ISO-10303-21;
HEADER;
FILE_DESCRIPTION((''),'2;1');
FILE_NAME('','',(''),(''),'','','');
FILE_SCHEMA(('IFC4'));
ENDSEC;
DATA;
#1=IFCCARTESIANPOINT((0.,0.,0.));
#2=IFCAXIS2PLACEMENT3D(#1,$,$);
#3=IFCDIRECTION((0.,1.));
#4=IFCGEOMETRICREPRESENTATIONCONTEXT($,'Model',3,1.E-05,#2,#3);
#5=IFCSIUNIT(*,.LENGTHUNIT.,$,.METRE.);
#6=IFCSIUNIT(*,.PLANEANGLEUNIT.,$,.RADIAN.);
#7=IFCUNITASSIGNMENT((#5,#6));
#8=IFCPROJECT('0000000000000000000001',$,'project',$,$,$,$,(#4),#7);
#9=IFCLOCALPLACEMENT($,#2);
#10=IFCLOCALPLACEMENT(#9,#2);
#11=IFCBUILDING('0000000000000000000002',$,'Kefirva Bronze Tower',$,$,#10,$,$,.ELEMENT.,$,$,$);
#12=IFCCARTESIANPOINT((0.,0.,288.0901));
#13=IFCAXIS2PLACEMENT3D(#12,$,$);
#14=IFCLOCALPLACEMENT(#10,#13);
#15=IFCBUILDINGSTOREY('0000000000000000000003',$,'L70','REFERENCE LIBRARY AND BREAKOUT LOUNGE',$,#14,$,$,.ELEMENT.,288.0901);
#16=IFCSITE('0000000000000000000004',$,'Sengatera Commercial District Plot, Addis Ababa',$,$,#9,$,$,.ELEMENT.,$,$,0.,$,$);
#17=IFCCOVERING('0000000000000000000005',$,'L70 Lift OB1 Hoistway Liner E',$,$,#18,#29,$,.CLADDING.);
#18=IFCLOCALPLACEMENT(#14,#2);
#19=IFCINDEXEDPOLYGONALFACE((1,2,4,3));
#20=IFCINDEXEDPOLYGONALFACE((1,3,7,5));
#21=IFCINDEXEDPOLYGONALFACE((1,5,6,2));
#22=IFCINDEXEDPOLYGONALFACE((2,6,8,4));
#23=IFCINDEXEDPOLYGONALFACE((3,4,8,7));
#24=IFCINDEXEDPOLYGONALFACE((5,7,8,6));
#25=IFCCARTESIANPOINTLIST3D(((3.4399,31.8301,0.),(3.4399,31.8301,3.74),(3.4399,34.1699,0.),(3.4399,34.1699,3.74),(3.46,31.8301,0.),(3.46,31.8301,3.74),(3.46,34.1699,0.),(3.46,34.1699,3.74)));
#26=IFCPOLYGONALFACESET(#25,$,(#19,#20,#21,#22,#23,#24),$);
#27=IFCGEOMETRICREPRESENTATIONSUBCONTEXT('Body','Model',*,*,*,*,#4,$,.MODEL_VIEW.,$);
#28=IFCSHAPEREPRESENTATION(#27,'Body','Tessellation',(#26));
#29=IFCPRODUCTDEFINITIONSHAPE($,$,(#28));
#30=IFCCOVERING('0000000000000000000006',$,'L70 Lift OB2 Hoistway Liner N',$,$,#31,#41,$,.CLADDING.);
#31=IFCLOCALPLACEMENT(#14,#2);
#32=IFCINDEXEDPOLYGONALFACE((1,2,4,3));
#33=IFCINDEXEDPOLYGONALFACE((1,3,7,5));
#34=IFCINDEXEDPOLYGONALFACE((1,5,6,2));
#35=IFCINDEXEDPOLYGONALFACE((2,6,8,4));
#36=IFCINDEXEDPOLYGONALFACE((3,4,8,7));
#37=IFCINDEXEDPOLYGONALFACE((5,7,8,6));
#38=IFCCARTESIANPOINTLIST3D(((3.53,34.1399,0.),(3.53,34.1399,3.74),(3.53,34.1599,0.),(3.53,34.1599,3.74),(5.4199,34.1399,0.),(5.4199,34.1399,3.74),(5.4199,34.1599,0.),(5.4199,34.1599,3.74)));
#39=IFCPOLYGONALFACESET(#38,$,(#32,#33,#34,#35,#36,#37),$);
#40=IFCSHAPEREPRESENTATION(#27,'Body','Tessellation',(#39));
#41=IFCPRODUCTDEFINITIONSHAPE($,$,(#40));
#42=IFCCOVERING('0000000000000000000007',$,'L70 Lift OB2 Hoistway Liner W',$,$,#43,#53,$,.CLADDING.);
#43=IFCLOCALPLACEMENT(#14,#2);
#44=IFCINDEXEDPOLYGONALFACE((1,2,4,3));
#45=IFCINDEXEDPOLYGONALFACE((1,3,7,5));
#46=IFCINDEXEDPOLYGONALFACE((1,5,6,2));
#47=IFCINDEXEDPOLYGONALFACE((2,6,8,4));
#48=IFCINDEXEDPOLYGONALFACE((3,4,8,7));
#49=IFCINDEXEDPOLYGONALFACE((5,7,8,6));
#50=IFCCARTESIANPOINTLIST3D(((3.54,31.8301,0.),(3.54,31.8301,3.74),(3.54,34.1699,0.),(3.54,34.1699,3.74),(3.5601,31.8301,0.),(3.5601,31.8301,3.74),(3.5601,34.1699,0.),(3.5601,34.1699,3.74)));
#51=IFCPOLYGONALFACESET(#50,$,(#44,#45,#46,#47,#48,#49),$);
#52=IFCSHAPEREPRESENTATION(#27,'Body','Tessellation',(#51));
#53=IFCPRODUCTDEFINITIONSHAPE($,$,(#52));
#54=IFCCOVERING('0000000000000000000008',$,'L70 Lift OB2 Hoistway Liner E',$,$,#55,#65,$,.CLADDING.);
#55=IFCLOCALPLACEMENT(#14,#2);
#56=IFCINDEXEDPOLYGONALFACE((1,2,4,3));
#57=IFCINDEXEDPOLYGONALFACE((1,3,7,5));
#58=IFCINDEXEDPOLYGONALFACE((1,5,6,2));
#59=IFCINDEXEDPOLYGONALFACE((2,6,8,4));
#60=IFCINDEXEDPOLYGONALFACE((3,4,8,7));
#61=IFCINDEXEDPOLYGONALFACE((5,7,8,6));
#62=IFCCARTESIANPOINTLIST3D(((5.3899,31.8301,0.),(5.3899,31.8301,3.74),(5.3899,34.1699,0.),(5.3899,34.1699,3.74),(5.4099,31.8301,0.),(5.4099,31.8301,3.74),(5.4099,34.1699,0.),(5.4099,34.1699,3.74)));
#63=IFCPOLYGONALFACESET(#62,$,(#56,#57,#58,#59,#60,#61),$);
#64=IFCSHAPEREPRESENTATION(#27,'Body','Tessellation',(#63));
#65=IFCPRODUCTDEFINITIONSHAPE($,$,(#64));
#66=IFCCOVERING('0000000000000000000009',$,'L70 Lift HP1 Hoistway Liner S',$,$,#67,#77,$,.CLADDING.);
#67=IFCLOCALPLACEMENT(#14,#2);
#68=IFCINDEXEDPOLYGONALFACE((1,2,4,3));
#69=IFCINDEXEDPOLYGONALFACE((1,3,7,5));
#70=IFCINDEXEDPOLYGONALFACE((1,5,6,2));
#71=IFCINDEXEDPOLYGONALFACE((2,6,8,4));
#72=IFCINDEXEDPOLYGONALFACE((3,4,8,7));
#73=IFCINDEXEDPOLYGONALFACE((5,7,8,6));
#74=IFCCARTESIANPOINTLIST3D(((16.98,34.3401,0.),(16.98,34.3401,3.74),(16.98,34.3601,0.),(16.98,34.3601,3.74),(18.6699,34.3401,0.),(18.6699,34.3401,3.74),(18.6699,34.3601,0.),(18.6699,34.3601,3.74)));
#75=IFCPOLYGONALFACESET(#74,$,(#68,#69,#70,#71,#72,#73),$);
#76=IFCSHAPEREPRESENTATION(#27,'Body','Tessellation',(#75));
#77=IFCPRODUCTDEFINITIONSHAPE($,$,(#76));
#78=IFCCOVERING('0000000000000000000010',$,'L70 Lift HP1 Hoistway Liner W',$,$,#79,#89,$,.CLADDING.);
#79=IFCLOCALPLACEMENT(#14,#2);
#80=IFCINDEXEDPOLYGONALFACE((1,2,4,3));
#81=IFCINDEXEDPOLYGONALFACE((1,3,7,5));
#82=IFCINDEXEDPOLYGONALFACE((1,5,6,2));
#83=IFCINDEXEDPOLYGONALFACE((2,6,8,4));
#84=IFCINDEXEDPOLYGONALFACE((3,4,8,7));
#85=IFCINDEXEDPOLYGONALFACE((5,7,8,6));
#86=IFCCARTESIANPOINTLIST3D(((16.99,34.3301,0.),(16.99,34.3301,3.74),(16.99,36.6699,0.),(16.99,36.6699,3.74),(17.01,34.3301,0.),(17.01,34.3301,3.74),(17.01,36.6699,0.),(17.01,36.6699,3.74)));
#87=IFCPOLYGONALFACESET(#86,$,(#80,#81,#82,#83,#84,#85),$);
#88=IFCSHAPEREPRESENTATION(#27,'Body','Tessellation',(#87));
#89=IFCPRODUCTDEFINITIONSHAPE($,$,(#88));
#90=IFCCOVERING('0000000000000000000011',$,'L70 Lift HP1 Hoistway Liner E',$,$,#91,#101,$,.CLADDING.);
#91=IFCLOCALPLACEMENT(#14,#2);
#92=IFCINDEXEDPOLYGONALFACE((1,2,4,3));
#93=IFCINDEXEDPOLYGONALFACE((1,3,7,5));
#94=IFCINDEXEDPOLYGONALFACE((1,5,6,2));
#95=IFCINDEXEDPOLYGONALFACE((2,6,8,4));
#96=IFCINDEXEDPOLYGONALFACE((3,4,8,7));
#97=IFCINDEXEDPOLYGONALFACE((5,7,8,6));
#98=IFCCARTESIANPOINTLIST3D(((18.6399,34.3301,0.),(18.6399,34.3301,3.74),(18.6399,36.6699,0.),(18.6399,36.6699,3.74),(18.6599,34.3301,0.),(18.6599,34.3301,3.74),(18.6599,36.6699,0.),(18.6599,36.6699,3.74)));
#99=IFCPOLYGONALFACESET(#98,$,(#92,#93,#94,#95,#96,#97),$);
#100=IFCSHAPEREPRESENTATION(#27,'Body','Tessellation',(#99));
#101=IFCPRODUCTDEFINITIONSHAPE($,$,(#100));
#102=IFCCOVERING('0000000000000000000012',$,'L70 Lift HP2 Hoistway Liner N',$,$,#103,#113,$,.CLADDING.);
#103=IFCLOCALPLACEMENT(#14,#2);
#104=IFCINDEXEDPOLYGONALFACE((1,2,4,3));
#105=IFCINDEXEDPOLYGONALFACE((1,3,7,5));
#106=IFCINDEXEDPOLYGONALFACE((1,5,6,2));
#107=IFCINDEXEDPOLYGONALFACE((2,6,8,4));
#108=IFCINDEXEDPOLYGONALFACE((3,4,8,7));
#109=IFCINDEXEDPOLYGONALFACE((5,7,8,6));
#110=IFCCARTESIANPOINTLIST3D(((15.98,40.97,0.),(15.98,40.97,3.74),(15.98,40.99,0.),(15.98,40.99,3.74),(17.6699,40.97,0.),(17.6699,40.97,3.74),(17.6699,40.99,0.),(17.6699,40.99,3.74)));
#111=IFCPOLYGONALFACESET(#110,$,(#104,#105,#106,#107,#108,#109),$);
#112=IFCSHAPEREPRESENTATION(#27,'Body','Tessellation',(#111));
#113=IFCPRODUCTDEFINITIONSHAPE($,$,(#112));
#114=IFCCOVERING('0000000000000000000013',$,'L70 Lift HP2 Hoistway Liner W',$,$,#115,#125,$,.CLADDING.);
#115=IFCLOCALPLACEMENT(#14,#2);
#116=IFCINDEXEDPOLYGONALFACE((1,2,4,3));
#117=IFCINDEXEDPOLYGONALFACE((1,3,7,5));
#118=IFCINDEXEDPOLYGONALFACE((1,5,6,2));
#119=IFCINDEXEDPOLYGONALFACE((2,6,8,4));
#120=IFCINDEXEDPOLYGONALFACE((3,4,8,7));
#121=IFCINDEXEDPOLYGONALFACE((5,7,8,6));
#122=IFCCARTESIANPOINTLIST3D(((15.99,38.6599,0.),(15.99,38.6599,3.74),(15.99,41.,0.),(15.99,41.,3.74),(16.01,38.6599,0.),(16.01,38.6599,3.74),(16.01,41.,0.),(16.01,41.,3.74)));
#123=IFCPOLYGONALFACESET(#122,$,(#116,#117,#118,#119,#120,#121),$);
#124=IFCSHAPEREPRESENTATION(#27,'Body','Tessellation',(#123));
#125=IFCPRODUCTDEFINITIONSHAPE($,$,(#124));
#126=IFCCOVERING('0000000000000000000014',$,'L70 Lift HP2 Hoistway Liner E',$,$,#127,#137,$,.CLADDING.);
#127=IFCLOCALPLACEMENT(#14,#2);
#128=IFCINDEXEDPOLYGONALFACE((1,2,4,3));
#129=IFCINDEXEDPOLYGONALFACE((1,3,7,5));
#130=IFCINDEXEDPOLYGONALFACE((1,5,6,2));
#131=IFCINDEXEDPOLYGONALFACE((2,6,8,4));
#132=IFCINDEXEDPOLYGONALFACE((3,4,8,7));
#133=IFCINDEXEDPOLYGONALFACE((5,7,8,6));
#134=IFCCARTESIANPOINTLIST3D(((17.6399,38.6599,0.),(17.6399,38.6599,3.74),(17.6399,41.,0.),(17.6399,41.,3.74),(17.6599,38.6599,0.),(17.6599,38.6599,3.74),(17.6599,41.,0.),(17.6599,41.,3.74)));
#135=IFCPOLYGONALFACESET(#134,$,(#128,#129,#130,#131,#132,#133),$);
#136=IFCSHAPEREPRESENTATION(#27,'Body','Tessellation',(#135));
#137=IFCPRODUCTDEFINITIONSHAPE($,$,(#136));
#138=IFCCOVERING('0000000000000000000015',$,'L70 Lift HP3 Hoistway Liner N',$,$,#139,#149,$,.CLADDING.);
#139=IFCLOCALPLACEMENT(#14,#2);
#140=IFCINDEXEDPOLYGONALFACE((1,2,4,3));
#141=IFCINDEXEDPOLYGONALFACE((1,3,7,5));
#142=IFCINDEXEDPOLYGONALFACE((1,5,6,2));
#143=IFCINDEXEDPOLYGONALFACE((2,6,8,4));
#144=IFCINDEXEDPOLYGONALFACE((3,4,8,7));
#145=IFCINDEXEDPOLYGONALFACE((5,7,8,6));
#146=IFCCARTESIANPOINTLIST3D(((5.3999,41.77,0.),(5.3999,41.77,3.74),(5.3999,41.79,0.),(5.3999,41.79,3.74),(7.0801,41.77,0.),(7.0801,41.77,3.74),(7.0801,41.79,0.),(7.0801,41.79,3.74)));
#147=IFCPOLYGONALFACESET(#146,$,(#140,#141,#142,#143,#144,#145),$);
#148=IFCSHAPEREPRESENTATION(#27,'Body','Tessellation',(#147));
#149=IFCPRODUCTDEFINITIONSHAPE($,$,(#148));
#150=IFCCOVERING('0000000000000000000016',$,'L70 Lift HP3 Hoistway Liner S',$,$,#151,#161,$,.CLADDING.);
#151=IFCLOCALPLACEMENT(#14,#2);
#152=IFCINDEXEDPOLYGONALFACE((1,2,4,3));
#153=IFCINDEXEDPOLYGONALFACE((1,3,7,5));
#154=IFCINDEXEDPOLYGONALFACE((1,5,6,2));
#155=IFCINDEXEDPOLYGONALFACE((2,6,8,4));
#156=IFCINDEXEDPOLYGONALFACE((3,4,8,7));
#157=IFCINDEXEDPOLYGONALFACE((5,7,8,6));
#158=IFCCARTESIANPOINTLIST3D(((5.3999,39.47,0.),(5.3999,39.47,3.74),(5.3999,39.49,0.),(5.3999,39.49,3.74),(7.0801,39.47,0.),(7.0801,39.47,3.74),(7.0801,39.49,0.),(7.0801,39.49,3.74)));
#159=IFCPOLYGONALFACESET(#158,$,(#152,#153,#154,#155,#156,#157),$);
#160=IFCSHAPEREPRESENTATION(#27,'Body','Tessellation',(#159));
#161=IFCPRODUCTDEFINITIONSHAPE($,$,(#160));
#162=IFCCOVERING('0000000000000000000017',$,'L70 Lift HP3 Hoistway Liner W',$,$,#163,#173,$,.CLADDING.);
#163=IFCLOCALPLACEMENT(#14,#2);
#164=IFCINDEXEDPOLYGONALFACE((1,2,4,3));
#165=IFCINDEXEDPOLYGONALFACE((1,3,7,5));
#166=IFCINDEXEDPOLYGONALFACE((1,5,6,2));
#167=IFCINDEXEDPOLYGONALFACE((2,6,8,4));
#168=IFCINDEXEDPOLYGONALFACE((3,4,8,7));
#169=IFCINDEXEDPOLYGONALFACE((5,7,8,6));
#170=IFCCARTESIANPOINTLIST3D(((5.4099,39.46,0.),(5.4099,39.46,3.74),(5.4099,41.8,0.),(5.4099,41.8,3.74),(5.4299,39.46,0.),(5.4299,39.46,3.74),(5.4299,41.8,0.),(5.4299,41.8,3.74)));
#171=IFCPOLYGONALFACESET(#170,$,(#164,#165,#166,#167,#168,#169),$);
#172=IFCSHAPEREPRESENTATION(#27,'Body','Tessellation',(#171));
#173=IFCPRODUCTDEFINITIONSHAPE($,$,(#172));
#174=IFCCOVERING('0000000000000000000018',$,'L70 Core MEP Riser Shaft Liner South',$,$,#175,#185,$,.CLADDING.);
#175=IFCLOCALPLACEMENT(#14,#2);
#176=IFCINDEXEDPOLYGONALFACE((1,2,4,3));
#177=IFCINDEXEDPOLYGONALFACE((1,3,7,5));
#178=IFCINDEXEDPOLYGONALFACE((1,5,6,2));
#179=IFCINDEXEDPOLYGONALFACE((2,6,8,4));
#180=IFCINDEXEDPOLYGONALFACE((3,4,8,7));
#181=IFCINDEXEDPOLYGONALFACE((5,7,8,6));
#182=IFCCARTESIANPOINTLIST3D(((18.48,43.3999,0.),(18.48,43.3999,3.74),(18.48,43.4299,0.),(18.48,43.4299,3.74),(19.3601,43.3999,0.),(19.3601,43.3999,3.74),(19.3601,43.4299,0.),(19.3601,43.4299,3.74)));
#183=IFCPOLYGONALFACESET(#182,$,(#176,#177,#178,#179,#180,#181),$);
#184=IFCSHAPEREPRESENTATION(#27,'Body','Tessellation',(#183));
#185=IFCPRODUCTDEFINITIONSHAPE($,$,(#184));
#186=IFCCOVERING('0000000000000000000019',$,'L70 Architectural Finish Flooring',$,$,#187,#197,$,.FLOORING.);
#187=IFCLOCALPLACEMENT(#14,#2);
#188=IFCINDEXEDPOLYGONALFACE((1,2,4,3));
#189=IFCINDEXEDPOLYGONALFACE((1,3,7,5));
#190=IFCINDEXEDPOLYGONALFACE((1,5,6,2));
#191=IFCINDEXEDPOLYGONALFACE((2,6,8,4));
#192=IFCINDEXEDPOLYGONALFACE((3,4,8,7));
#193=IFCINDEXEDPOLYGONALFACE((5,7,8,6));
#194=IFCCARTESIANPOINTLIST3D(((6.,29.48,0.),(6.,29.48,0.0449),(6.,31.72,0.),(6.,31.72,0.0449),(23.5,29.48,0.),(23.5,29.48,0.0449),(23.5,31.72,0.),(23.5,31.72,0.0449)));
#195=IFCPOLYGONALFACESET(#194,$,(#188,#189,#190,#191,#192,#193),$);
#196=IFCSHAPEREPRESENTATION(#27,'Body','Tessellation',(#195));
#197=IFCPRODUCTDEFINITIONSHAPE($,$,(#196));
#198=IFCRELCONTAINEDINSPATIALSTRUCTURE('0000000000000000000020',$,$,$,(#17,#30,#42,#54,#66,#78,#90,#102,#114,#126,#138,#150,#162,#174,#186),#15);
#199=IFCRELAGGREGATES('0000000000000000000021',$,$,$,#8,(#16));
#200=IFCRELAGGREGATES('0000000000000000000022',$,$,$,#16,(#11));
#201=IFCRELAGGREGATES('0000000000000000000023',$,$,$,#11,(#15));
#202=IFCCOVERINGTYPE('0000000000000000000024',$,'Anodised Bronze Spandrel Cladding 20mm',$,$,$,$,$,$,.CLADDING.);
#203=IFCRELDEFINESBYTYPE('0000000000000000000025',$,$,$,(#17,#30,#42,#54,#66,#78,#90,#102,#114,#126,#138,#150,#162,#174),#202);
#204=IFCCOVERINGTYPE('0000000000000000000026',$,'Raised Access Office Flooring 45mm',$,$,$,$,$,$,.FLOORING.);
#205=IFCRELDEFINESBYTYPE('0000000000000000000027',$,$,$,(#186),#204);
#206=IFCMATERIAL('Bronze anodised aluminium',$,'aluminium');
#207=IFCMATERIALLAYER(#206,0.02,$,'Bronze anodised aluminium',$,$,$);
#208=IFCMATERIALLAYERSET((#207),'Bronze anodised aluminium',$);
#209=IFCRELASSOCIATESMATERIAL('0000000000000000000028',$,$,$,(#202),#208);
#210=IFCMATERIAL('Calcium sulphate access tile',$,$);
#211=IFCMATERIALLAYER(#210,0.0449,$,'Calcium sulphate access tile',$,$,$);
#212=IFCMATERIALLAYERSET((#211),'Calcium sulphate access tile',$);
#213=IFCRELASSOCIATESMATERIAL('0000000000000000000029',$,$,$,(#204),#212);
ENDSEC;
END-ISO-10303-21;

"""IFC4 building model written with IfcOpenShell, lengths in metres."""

from ifc_helpers import new_model, si_unit, direction, frame, origin, place, context, subcontext, project, spatial, polyline, outline, extrude, material, layer, layer_set, type_object, element, save


model = new_model("IFC4")

# Units and contexts
model_context = context("Model", 3, precision=1e-05, world=origin(), true_north=direction((0.0, 1.0)))
body_context = subcontext(model_context, "Body", "Model", "MODEL_VIEW")
ifc_project = project(units=[si_unit("LENGTHUNIT", "METRE"), si_unit("PLANEANGLEUNIT", "RADIAN")], contexts=[model_context])

# Site, building, storey
site_placement = place(None, origin())
site = spatial("IfcSite", under=ifc_project, at=site_placement, Name="Sengatera Commercial District Plot, Addis Ababa", CompositionType="ELEMENT", RefElevation=0.0)
building_placement = place(site_placement, origin())
building = spatial("IfcBuilding", under=site, at=building_placement, Name="Kefirva Bronze Tower", CompositionType="ELEMENT")
storey_placement = place(building_placement, frame((0.0, 0.0, 288.0901)))
storey = spatial("IfcBuildingStorey", under=building, at=storey_placement, Name="L70", Description="REFERENCE LIBRARY AND BREAKOUT LOUNGE", CompositionType="ELEMENT", Elevation=288.0901)

# Shared definitions
ifc_material_1 = material(Name="Bronze anodised aluminium", Category="aluminium")

# Coverings
ifc_layer_1 = layer(ifc_material_1, 0.02, Name="Bronze anodised aluminium")
ifc_layer_set_1 = layer_set([ifc_layer_1], Name="Bronze anodised aluminium")
covering_type_1 = type_object("IfcCoveringType", Name="Anodised Bronze Spandrel Cladding 20mm", PredefinedType="CLADDING", material=ifc_layer_set_1)
covering_1_placement = place(storey_placement, origin())
element("IfcCovering", 1, at=covering_1_placement, inside=storey, type_object=covering_type_1, Name="L70 Lift OB1 Hoistway Liner E", PredefinedType="CLADDING", context=body_context, shape_type="SweptSolid", body=[
    extrude(outline(polyline([(3.4399, 31.8301), (3.46, 31.8301), (3.46, 34.1699), (3.4399, 34.1699), (3.4399, 31.8301)])), origin(), (0.0, 0.0, 1.0), 3.74),
])
covering_2_placement = place(storey_placement, origin())
element("IfcCovering", 2, at=covering_2_placement, inside=storey, type_object=covering_type_1, Name="L70 Lift OB2 Hoistway Liner N", PredefinedType="CLADDING", context=body_context, shape_type="SweptSolid", body=[
    extrude(outline(polyline([(3.53, 34.1399), (5.4199, 34.1399), (5.4199, 34.1599), (3.53, 34.1599), (3.53, 34.1399)])), origin(), (0.0, 0.0, 1.0), 3.74),
])
covering_3_placement = place(storey_placement, origin())
element("IfcCovering", 3, at=covering_3_placement, inside=storey, type_object=covering_type_1, Name="L70 Lift OB2 Hoistway Liner W", PredefinedType="CLADDING", context=body_context, shape_type="SweptSolid", body=[
    extrude(outline(polyline([(3.54, 31.8301), (3.5601, 31.8301), (3.5601, 34.1699), (3.54, 34.1699), (3.54, 31.8301)])), origin(), (0.0, 0.0, 1.0), 3.74),
])
covering_4_placement = place(storey_placement, origin())
element("IfcCovering", 4, at=covering_4_placement, inside=storey, type_object=covering_type_1, Name="L70 Lift OB2 Hoistway Liner E", PredefinedType="CLADDING", context=body_context, shape_type="SweptSolid", body=[
    extrude(outline(polyline([(5.3899, 31.8301), (5.4099, 31.8301), (5.4099, 34.1699), (5.3899, 34.1699), (5.3899, 31.8301)])), origin(), (0.0, 0.0, 1.0), 3.74),
])
covering_5_placement = place(storey_placement, origin())
element("IfcCovering", 5, at=covering_5_placement, inside=storey, type_object=covering_type_1, Name="L70 Lift HP1 Hoistway Liner S", PredefinedType="CLADDING", context=body_context, shape_type="SweptSolid", body=[
    extrude(outline(polyline([(16.98, 34.3401), (18.6699, 34.3401), (18.6699, 34.3601), (16.98, 34.3601), (16.98, 34.3401)])), origin(), (0.0, 0.0, 1.0), 3.74),
])
covering_6_placement = place(storey_placement, origin())
element("IfcCovering", 6, at=covering_6_placement, inside=storey, type_object=covering_type_1, Name="L70 Lift HP1 Hoistway Liner W", PredefinedType="CLADDING", context=body_context, shape_type="SweptSolid", body=[
    extrude(outline(polyline([(16.99, 34.3301), (17.01, 34.3301), (17.01, 36.6699), (16.99, 36.6699), (16.99, 34.3301)])), origin(), (0.0, 0.0, 1.0), 3.74),
])
covering_7_placement = place(storey_placement, origin())
element("IfcCovering", 7, at=covering_7_placement, inside=storey, type_object=covering_type_1, Name="L70 Lift HP1 Hoistway Liner E", PredefinedType="CLADDING", context=body_context, shape_type="SweptSolid", body=[
    extrude(outline(polyline([(18.6399, 34.3301), (18.6599, 34.3301), (18.6599, 36.6699), (18.6399, 36.6699), (18.6399, 34.3301)])), origin(), (0.0, 0.0, 1.0), 3.74),
])
covering_8_placement = place(storey_placement, origin())
element("IfcCovering", 8, at=covering_8_placement, inside=storey, type_object=covering_type_1, Name="L70 Lift HP2 Hoistway Liner N", PredefinedType="CLADDING", context=body_context, shape_type="SweptSolid", body=[
    extrude(outline(polyline([(15.98, 40.97), (17.6699, 40.97), (17.6699, 40.99), (15.98, 40.99), (15.98, 40.97)])), origin(), (0.0, 0.0, 1.0), 3.74),
])
covering_9_placement = place(storey_placement, origin())
element("IfcCovering", 9, at=covering_9_placement, inside=storey, type_object=covering_type_1, Name="L70 Lift HP2 Hoistway Liner W", PredefinedType="CLADDING", context=body_context, shape_type="SweptSolid", body=[
    extrude(outline(polyline([(15.99, 38.6599), (16.01, 38.6599), (16.01, 41.0), (15.99, 41.0), (15.99, 38.6599)])), origin(), (0.0, 0.0, 1.0), 3.74),
])
covering_10_placement = place(storey_placement, origin())
element("IfcCovering", 10, at=covering_10_placement, inside=storey, type_object=covering_type_1, Name="L70 Lift HP2 Hoistway Liner E", PredefinedType="CLADDING", context=body_context, shape_type="SweptSolid", body=[
    extrude(outline(polyline([(17.6399, 38.6599), (17.6599, 38.6599), (17.6599, 41.0), (17.6399, 41.0), (17.6399, 38.6599)])), origin(), (0.0, 0.0, 1.0), 3.74),
])
covering_11_placement = place(storey_placement, origin())
element("IfcCovering", 11, at=covering_11_placement, inside=storey, type_object=covering_type_1, Name="L70 Lift HP3 Hoistway Liner N", PredefinedType="CLADDING", context=body_context, shape_type="SweptSolid", body=[
    extrude(outline(polyline([(5.3999, 41.77), (7.0801, 41.77), (7.0801, 41.79), (5.3999, 41.79), (5.3999, 41.77)])), origin(), (0.0, 0.0, 1.0), 3.74),
])
covering_12_placement = place(storey_placement, origin())
element("IfcCovering", 12, at=covering_12_placement, inside=storey, type_object=covering_type_1, Name="L70 Lift HP3 Hoistway Liner S", PredefinedType="CLADDING", context=body_context, shape_type="SweptSolid", body=[
    extrude(outline(polyline([(5.3999, 39.47), (7.0801, 39.47), (7.0801, 39.49), (5.3999, 39.49), (5.3999, 39.47)])), origin(), (0.0, 0.0, 1.0), 3.74),
])
covering_13_placement = place(storey_placement, origin())
element("IfcCovering", 13, at=covering_13_placement, inside=storey, type_object=covering_type_1, Name="L70 Lift HP3 Hoistway Liner W", PredefinedType="CLADDING", context=body_context, shape_type="SweptSolid", body=[
    extrude(outline(polyline([(5.4099, 39.46), (5.4299, 39.46), (5.4299, 41.8), (5.4099, 41.8), (5.4099, 39.46)])), origin(), (0.0, 0.0, 1.0), 3.74),
])
covering_14_placement = place(storey_placement, origin())
element("IfcCovering", 14, at=covering_14_placement, inside=storey, type_object=covering_type_1, Name="L70 Core MEP Riser Shaft Liner South", PredefinedType="CLADDING", context=body_context, shape_type="SweptSolid", body=[
    extrude(outline(polyline([(18.48, 43.3999), (19.3601, 43.3999), (19.3601, 43.4299), (18.48, 43.4299), (18.48, 43.3999)])), origin(), (0.0, 0.0, 1.0), 3.74),
])
ifc_material_2 = material(Name="Calcium sulphate access tile")
ifc_layer_2 = layer(ifc_material_2, 0.0449, Name="Calcium sulphate access tile")
ifc_layer_set_2 = layer_set([ifc_layer_2], Name="Calcium sulphate access tile")
covering_type_2 = type_object("IfcCoveringType", Name="Raised Access Office Flooring 45mm", PredefinedType="FLOORING", material=ifc_layer_set_2)
covering_15_placement = place(storey_placement, origin())
element("IfcCovering", 15, at=covering_15_placement, inside=storey, type_object=covering_type_2, Name="L70 Architectural Finish Flooring", PredefinedType="FLOORING", context=body_context, shape_type="SweptSolid", body=[
    extrude(outline(polyline([(6.0, 29.48), (23.5, 29.48), (23.5, 31.72), (6.0, 31.72), (6.0, 29.48)])), origin(), (0.0, 0.0, 1.0), 0.0449),
])

save(model, "model.ifc")
